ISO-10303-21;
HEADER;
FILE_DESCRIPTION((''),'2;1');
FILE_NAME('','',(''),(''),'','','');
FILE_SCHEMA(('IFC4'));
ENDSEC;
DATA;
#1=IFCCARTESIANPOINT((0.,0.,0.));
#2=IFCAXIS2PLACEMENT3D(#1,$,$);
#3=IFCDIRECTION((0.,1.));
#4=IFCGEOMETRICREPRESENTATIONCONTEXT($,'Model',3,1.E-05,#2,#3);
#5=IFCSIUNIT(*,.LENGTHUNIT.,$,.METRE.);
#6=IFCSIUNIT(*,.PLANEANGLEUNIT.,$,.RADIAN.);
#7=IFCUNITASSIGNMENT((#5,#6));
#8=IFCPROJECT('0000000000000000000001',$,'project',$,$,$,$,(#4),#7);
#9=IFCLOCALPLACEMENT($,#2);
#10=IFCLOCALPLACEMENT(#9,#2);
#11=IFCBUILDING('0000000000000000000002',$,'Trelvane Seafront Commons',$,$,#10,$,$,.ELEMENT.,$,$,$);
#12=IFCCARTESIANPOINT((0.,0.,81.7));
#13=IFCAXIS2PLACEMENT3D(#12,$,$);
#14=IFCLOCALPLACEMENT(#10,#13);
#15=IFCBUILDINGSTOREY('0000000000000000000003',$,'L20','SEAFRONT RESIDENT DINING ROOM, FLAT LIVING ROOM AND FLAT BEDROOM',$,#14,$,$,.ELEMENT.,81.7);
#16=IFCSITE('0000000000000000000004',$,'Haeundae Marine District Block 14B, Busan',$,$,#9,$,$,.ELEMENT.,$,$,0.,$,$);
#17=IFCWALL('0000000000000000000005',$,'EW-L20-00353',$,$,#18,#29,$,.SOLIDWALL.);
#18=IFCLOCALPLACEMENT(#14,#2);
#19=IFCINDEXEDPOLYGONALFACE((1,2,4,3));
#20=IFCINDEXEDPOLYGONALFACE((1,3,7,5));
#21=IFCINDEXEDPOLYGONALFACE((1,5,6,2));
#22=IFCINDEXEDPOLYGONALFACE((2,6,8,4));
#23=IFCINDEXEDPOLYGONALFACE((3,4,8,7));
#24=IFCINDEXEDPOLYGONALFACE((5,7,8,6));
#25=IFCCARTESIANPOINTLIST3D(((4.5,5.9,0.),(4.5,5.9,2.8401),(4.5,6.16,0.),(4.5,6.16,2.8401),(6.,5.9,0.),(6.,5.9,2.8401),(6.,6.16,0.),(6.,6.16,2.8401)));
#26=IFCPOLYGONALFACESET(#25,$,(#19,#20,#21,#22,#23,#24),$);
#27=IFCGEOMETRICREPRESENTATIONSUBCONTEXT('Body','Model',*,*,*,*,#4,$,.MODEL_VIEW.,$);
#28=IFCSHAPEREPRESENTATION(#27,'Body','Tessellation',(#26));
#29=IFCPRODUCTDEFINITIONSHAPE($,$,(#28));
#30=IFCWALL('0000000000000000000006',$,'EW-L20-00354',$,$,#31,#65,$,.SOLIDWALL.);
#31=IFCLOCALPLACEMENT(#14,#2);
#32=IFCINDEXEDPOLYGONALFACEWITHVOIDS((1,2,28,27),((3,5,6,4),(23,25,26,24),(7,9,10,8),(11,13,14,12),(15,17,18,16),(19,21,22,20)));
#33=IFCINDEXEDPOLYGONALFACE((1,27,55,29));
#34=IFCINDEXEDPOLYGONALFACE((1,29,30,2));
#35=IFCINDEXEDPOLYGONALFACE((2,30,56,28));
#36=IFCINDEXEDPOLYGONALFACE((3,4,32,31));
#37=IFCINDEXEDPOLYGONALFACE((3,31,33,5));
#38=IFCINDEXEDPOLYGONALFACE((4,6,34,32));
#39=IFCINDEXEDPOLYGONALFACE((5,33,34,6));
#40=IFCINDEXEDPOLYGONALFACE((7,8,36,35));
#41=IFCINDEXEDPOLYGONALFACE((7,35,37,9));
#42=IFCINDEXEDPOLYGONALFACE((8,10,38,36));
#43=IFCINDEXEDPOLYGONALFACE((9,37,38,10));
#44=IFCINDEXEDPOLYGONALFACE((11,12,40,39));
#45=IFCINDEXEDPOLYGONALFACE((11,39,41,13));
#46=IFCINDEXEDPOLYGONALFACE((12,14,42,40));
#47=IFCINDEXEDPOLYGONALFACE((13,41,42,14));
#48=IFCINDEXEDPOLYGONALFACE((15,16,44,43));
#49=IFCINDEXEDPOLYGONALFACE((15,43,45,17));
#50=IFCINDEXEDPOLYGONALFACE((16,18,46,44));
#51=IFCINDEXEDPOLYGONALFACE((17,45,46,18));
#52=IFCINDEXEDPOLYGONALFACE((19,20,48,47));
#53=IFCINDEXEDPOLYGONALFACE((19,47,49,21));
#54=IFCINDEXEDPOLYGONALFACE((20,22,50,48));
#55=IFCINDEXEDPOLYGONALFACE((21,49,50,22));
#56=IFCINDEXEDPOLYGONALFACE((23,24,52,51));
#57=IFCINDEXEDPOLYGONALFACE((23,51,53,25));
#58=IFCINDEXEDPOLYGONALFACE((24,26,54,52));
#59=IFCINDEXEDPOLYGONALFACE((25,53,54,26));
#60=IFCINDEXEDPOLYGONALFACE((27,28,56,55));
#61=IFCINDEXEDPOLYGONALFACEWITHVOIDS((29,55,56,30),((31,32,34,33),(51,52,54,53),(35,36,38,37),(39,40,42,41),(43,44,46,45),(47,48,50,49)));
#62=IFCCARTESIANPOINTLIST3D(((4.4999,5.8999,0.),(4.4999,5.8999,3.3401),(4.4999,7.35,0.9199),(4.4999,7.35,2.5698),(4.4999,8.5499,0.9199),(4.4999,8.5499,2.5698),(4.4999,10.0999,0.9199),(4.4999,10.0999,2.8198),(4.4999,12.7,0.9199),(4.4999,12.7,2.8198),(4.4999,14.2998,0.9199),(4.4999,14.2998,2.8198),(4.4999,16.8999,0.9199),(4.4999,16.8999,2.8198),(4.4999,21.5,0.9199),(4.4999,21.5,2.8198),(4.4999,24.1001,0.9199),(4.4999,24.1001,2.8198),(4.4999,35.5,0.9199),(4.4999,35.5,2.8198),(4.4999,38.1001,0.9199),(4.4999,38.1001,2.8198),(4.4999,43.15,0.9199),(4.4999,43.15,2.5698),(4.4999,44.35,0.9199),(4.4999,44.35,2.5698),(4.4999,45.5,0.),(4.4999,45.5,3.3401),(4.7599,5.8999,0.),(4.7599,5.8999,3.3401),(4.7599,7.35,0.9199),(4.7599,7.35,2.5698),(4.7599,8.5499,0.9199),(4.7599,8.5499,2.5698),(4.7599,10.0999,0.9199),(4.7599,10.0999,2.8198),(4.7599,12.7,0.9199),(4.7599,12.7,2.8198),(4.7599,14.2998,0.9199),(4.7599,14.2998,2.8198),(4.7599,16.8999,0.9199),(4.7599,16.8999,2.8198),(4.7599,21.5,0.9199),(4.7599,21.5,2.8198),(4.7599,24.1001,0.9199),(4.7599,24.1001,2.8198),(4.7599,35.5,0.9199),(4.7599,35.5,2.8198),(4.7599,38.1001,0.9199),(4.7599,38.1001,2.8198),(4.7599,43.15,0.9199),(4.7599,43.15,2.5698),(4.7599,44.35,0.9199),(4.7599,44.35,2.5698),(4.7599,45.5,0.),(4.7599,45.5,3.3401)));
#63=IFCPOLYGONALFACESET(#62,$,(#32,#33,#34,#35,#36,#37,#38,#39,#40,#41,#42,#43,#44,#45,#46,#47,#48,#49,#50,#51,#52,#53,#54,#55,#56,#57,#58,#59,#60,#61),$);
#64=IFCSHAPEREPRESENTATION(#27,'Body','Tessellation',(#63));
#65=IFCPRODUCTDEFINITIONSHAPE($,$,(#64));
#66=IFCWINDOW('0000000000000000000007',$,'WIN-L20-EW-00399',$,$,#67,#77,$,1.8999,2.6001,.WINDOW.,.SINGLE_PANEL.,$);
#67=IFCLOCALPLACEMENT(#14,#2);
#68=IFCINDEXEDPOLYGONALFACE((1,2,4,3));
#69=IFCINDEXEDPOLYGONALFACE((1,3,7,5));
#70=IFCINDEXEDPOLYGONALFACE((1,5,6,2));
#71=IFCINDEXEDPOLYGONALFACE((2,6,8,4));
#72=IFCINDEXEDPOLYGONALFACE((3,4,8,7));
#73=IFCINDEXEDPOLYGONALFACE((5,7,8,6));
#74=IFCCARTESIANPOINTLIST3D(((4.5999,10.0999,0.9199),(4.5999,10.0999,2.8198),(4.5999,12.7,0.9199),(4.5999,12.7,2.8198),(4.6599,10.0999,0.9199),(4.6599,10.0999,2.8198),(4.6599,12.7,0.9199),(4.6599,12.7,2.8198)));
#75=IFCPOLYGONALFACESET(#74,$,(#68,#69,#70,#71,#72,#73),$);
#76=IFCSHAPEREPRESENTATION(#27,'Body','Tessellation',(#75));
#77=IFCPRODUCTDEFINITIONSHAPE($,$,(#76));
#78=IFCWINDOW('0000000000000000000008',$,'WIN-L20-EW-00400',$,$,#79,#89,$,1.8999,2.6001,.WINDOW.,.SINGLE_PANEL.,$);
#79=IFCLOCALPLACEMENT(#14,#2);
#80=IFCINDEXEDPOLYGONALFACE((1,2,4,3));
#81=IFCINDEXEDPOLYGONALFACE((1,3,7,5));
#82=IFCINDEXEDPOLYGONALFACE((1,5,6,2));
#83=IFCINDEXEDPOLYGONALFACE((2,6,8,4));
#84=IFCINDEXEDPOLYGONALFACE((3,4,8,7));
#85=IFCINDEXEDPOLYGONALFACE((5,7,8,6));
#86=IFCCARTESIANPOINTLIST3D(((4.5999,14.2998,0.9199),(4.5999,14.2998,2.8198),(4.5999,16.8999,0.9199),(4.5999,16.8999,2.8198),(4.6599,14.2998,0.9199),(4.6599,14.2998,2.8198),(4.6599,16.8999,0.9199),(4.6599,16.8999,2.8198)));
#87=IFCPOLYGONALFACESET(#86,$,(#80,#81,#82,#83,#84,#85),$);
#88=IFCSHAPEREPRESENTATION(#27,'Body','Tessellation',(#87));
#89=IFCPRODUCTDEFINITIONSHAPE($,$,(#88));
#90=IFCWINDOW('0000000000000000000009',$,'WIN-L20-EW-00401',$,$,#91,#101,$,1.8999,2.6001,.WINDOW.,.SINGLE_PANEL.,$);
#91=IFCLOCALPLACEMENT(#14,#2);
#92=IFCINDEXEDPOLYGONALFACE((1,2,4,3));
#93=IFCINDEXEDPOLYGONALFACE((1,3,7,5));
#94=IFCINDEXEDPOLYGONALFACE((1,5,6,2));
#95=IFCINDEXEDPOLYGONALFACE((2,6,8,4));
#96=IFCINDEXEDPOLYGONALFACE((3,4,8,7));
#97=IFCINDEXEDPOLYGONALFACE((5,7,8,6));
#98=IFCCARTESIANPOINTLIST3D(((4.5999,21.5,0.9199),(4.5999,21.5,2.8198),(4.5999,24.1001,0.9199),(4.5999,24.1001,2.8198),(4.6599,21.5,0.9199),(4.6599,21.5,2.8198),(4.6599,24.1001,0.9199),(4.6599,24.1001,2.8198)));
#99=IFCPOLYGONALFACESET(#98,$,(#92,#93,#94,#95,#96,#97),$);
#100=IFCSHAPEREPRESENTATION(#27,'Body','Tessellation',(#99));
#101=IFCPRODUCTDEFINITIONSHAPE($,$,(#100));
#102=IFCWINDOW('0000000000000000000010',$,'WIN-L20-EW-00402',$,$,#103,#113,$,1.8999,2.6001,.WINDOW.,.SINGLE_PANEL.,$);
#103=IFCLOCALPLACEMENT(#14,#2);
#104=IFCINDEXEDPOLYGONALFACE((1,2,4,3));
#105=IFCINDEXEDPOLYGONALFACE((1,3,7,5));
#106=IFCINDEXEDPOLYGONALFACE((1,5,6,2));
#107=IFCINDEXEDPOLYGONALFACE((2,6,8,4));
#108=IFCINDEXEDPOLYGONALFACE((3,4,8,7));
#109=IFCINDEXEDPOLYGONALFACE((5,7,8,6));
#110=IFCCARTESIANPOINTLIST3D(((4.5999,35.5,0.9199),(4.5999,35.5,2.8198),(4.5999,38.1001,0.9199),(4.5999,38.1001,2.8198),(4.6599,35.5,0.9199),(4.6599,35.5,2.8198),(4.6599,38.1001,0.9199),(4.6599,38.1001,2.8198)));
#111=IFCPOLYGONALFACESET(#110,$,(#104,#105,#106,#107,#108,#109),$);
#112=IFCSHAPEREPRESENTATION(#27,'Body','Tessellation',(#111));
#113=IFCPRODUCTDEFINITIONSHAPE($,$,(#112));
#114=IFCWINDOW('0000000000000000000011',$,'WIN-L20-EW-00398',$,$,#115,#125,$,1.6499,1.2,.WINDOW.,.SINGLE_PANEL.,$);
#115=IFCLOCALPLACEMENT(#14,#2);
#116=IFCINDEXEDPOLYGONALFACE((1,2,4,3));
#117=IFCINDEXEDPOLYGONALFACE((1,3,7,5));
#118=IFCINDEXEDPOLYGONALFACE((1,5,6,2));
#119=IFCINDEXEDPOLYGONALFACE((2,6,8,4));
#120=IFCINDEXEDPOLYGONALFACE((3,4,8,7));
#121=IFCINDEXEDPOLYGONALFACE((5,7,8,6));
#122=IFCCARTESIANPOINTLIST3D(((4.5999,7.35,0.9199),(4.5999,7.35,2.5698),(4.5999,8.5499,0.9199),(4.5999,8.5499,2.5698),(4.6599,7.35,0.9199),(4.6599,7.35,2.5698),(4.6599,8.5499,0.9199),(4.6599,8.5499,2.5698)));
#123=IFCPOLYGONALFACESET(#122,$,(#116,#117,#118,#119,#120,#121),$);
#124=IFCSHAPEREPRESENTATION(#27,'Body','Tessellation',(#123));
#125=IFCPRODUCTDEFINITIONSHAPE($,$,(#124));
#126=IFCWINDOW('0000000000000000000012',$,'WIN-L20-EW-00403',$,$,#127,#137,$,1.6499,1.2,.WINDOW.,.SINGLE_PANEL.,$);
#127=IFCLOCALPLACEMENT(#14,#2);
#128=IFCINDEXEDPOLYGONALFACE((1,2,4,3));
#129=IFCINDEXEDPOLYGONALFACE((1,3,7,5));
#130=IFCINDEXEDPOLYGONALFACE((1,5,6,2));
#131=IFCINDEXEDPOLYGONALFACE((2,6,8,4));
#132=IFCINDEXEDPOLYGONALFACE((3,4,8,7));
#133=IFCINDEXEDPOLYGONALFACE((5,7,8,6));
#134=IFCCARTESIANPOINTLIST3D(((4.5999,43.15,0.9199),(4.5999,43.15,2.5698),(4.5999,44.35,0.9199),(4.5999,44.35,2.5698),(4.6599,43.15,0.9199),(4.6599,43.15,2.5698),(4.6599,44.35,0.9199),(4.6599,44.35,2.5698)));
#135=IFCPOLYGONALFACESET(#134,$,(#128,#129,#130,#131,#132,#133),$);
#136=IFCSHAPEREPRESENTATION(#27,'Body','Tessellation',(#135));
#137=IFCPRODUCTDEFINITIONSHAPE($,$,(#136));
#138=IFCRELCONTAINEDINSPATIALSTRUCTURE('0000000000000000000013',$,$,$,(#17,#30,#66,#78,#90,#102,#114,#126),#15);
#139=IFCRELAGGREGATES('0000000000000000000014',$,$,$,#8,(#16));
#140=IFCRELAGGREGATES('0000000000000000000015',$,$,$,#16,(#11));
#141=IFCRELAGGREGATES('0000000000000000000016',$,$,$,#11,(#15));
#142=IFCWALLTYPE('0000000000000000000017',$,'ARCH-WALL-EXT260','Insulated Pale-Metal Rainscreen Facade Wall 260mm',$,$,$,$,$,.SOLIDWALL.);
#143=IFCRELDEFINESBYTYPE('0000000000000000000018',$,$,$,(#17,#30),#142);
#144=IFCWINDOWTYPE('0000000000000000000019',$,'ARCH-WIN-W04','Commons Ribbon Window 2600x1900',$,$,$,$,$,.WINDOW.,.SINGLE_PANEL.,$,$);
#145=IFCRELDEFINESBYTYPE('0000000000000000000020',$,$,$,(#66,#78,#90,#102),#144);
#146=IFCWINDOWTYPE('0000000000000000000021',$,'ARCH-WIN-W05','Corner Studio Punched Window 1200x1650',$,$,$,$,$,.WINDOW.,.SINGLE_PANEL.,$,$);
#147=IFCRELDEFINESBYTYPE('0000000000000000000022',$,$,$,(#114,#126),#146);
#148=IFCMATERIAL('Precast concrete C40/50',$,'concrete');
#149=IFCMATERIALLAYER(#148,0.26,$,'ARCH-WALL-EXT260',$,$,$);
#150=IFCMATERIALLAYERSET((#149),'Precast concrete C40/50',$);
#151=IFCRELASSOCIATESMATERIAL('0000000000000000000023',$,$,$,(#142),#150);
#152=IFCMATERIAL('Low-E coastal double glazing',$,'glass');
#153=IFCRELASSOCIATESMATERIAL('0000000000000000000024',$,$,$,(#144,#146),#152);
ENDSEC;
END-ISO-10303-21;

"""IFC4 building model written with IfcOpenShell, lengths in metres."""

from ifc_helpers import new_model, si_unit, direction, frame, frame_2d, origin, place, context, subcontext, project, spatial, rectangle, extrude, source, transform, mapped, material, layer, layer_set, type_object, element, fill, save


model = new_model("IFC4")

# Units and contexts
model_context = context("Model", 3, precision=1e-05, world=origin(), true_north=direction((0.0, 1.0)))
body_context = subcontext(model_context, "Body", "Model", "MODEL_VIEW")
ifc_project = project(units=[si_unit("LENGTHUNIT", "METRE"), si_unit("PLANEANGLEUNIT", "RADIAN")], contexts=[model_context])

# Site, building, storey
site_placement = place(None, origin())
site = spatial("IfcSite", under=ifc_project, at=site_placement, Name="Haeundae Marine District Block 14B, Busan", CompositionType="ELEMENT", RefElevation=0.0)
building_placement = place(site_placement, origin())
building = spatial("IfcBuilding", under=site, at=building_placement, Name="Trelvane Seafront Commons", CompositionType="ELEMENT")
storey_placement = place(building_placement, frame((0.0, 0.0, 81.7)))
storey = spatial("IfcBuildingStorey", under=building, at=storey_placement, Name="L20", Description="SEAFRONT RESIDENT DINING ROOM, FLAT LIVING ROOM AND FLAT BEDROOM", CompositionType="ELEMENT", Elevation=81.7)

# Wall
ifc_material_1 = material(Name="Precast concrete C40/50", Category="concrete")
ifc_layer_1 = layer(ifc_material_1, 0.26, Name="ARCH-WALL-EXT260")
ifc_layer_set_1 = layer_set([ifc_layer_1], Name="Precast concrete C40/50")
wall_type_1 = type_object("IfcWallType", Name="ARCH-WALL-EXT260", Description="Insulated Pale-Metal Rainscreen Facade Wall 260mm", PredefinedType="SOLIDWALL", material=ifc_layer_set_1)
wall_1_placement = place(storey_placement, frame((6.0, 6.03, 0.0), z_axis=(0.0, 0.0, 1.0), x_axis=(-1.0, 0.0, 0.0)))
element("IfcWall", 1, at=wall_1_placement, inside=storey, type_object=wall_type_1, Name="EW-L20-00353", PredefinedType="SOLIDWALL", context=body_context, shape_type="SweptSolid", body=[
    extrude(rectangle(XDim=1.5, YDim=0.26, at=frame_2d((0.75, 0.0))), origin(), (0.0, 0.0, 1.0), 2.8401),
])

# Wall, openings, windows
wall_2_placement = place(storey_placement, frame((4.6299, 5.8999, 0.0), z_axis=(0.0, 0.0, 1.0), x_axis=(0.0, 1.0, 0.0)))
wall_2 = element("IfcWall", 2, at=wall_2_placement, inside=storey, type_object=wall_type_1, Name="EW-L20-00354", PredefinedType="SOLIDWALL", context=body_context, shape_type="SweptSolid", body=[
    extrude(rectangle(XDim=39.6001, YDim=0.26, at=frame_2d((19.8, 0.0))), origin(), (0.0, 0.0, 1.0), 3.3401),
])
opening_1_placement = place(wall_2_placement, frame((1.45, 0.0, 0.9199)))
opening_1 = element("IfcOpeningElement", 3, at=opening_1_placement, cuts=wall_2, PredefinedType="OPENING", context=body_context, shape_type="SweptSolid", body=[
    extrude(rectangle(XDim=1.2, YDim=1.6499, at=frame_2d((0.6001, 0.825))), frame((0.0, 0.1399, 0.0), z_axis=(0.0, -1.0, 0.0), x_axis=(1.0, 0.0, 0.0)), (0.0, 0.0, 1.0), 0.28),
])
opening_2_placement = place(wall_2_placement, frame((4.2, 0.0, 0.9199)))
opening_2 = element("IfcOpeningElement", 4, at=opening_2_placement, cuts=wall_2, PredefinedType="OPENING", context=body_context, shape_type="SweptSolid", body=[
    extrude(rectangle(XDim=2.6001, YDim=1.8999, at=frame_2d((1.3, 0.95))), frame((0.0, 0.1399, 0.0), z_axis=(0.0, -1.0, 0.0), x_axis=(1.0, 0.0, 0.0)), (0.0, 0.0, 1.0), 0.28),
])
opening_3_placement = place(wall_2_placement, frame((8.3999, 0.0, 0.9199)))
opening_3 = element("IfcOpeningElement", 5, at=opening_3_placement, cuts=wall_2, PredefinedType="OPENING", context=body_context, shape_type="SweptSolid", body=[
    extrude(rectangle(XDim=2.6001, YDim=1.8999, at=frame_2d((1.3, 0.95))), frame((0.0, 0.1399, 0.0), z_axis=(0.0, -1.0, 0.0), x_axis=(1.0, 0.0, 0.0)), (0.0, 0.0, 1.0), 0.28),
])
opening_4_placement = place(wall_2_placement, frame((15.6001, 0.0, 0.9199)))
opening_4 = element("IfcOpeningElement", 6, at=opening_4_placement, cuts=wall_2, PredefinedType="OPENING", context=body_context, shape_type="SweptSolid", body=[
    extrude(rectangle(XDim=2.6001, YDim=1.8999, at=frame_2d((1.3, 0.95))), frame((0.0, 0.1399, 0.0), z_axis=(0.0, -1.0, 0.0), x_axis=(1.0, 0.0, 0.0)), (0.0, 0.0, 1.0), 0.28),
])
opening_5_placement = place(wall_2_placement, frame((29.6001, 0.0, 0.9199)))
opening_5 = element("IfcOpeningElement", 7, at=opening_5_placement, cuts=wall_2, PredefinedType="OPENING", context=body_context, shape_type="SweptSolid", body=[
    extrude(rectangle(XDim=2.6001, YDim=1.8999, at=frame_2d((1.3, 0.95))), frame((0.0, 0.1399, 0.0), z_axis=(0.0, -1.0, 0.0), x_axis=(1.0, 0.0, 0.0)), (0.0, 0.0, 1.0), 0.28),
])
opening_6_placement = place(wall_2_placement, frame((37.25, 0.0, 0.9199)))
opening_6 = element("IfcOpeningElement", 8, at=opening_6_placement, cuts=wall_2, PredefinedType="OPENING", context=body_context, shape_type="SweptSolid", body=[
    extrude(rectangle(XDim=1.2, YDim=1.6499, at=frame_2d((0.6001, 0.825))), frame((0.0, 0.1399, 0.0), z_axis=(0.0, -1.0, 0.0), x_axis=(1.0, 0.0, 0.0)), (0.0, 0.0, 1.0), 0.28),
])
ifc_material_2 = material(Name="Low-E coastal double glazing", Category="glass")
window_type_1 = type_object("IfcWindowType", Name="ARCH-WIN-W04", Description="Commons Ribbon Window 2600x1900", PartitioningType="SINGLE_PANEL", PredefinedType="WINDOW", material=ifc_material_2)
shared_shape_1 = source(origin(), body_context, "Body", "SweptSolid", [
    extrude(rectangle(XDim=2.6001, YDim=1.8999, at=frame_2d((1.3, 0.95))), frame((0.0, 0.03, 0.0), z_axis=(0.0, -1.0, 0.0), x_axis=(1.0, 0.0, 0.0)), (0.0, 0.0, 1.0), 0.0601),
])
window_1_placement = place(opening_2_placement, origin())
window_1 = element("IfcWindow", 9, at=window_1_placement, inside=storey, type_object=window_type_1, Name="WIN-L20-EW-00399", OverallHeight=1.8999, OverallWidth=2.6001, PartitioningType="SINGLE_PANEL", PredefinedType="WINDOW", context=body_context, shape_type="MappedRepresentation", body=[
    mapped(shared_shape_1, transform((0.0, 0.0, 0.0), x_axis=(1.0, 0.0, 0.0), y_axis=(0.0, 1.0, 0.0), z_axis=(0.0, 0.0, 1.0), scale=1.0)),
])
fill(opening_2, window_1)
window_2_placement = place(opening_3_placement, origin())
window_2 = element("IfcWindow", 10, at=window_2_placement, inside=storey, type_object=window_type_1, Name="WIN-L20-EW-00400", OverallHeight=1.8999, OverallWidth=2.6001, PartitioningType="SINGLE_PANEL", PredefinedType="WINDOW", context=body_context, shape_type="MappedRepresentation", body=[
    mapped(shared_shape_1, transform((0.0, 0.0, 0.0), x_axis=(1.0, 0.0, 0.0), y_axis=(0.0, 1.0, 0.0), z_axis=(0.0, 0.0, 1.0), scale=1.0)),
])
fill(opening_3, window_2)
window_3_placement = place(opening_4_placement, origin())
window_3 = element("IfcWindow", 11, at=window_3_placement, inside=storey, type_object=window_type_1, Name="WIN-L20-EW-00401", OverallHeight=1.8999, OverallWidth=2.6001, PartitioningType="SINGLE_PANEL", PredefinedType="WINDOW", context=body_context, shape_type="MappedRepresentation", body=[
    mapped(shared_shape_1, transform((0.0, 0.0, 0.0), x_axis=(1.0, 0.0, 0.0), y_axis=(0.0, 1.0, 0.0), z_axis=(0.0, 0.0, 1.0), scale=1.0)),
])
fill(opening_4, window_3)
window_4_placement = place(opening_5_placement, origin())
window_4 = element("IfcWindow", 12, at=window_4_placement, inside=storey, type_object=window_type_1, Name="WIN-L20-EW-00402", OverallHeight=1.8999, OverallWidth=2.6001, PartitioningType="SINGLE_PANEL", PredefinedType="WINDOW", context=body_context, shape_type="MappedRepresentation", body=[
    mapped(shared_shape_1, transform((0.0, 0.0, 0.0), x_axis=(1.0, 0.0, 0.0), y_axis=(0.0, 1.0, 0.0), z_axis=(0.0, 0.0, 1.0), scale=1.0)),
])
fill(opening_5, window_4)
window_type_2 = type_object("IfcWindowType", Name="ARCH-WIN-W05", Description="Corner Studio Punched Window 1200x1650", PartitioningType="SINGLE_PANEL", PredefinedType="WINDOW", material=ifc_material_2)
shared_shape_2 = source(origin(), body_context, "Body", "SweptSolid", [
    extrude(rectangle(XDim=1.2, YDim=1.6499, at=frame_2d((0.6001, 0.825))), frame((0.0, 0.03, 0.0), z_axis=(0.0, -1.0, 0.0), x_axis=(1.0, 0.0, 0.0)), (0.0, 0.0, 1.0), 0.0601),
])
window_5_placement = place(opening_1_placement, origin())
window_5 = element("IfcWindow", 13, at=window_5_placement, inside=storey, type_object=window_type_2, Name="WIN-L20-EW-00398", OverallHeight=1.6499, OverallWidth=1.2, PartitioningType="SINGLE_PANEL", PredefinedType="WINDOW", context=body_context, shape_type="MappedRepresentation", body=[
    mapped(shared_shape_2, transform((0.0, 0.0, 0.0), x_axis=(1.0, 0.0, 0.0), y_axis=(0.0, 1.0, 0.0), z_axis=(0.0, 0.0, 1.0), scale=1.0)),
])
fill(opening_1, window_5)
window_6_placement = place(opening_6_placement, origin())
window_6 = element("IfcWindow", 14, at=window_6_placement, inside=storey, type_object=window_type_2, Name="WIN-L20-EW-00403", OverallHeight=1.6499, OverallWidth=1.2, PartitioningType="SINGLE_PANEL", PredefinedType="WINDOW", context=body_context, shape_type="MappedRepresentation", body=[
    mapped(shared_shape_2, transform((0.0, 0.0, 0.0), x_axis=(1.0, 0.0, 0.0), y_axis=(0.0, 1.0, 0.0), z_axis=(0.0, 0.0, 1.0), scale=1.0)),
])
fill(opening_6, window_6)

save(model, "model.ifc")
